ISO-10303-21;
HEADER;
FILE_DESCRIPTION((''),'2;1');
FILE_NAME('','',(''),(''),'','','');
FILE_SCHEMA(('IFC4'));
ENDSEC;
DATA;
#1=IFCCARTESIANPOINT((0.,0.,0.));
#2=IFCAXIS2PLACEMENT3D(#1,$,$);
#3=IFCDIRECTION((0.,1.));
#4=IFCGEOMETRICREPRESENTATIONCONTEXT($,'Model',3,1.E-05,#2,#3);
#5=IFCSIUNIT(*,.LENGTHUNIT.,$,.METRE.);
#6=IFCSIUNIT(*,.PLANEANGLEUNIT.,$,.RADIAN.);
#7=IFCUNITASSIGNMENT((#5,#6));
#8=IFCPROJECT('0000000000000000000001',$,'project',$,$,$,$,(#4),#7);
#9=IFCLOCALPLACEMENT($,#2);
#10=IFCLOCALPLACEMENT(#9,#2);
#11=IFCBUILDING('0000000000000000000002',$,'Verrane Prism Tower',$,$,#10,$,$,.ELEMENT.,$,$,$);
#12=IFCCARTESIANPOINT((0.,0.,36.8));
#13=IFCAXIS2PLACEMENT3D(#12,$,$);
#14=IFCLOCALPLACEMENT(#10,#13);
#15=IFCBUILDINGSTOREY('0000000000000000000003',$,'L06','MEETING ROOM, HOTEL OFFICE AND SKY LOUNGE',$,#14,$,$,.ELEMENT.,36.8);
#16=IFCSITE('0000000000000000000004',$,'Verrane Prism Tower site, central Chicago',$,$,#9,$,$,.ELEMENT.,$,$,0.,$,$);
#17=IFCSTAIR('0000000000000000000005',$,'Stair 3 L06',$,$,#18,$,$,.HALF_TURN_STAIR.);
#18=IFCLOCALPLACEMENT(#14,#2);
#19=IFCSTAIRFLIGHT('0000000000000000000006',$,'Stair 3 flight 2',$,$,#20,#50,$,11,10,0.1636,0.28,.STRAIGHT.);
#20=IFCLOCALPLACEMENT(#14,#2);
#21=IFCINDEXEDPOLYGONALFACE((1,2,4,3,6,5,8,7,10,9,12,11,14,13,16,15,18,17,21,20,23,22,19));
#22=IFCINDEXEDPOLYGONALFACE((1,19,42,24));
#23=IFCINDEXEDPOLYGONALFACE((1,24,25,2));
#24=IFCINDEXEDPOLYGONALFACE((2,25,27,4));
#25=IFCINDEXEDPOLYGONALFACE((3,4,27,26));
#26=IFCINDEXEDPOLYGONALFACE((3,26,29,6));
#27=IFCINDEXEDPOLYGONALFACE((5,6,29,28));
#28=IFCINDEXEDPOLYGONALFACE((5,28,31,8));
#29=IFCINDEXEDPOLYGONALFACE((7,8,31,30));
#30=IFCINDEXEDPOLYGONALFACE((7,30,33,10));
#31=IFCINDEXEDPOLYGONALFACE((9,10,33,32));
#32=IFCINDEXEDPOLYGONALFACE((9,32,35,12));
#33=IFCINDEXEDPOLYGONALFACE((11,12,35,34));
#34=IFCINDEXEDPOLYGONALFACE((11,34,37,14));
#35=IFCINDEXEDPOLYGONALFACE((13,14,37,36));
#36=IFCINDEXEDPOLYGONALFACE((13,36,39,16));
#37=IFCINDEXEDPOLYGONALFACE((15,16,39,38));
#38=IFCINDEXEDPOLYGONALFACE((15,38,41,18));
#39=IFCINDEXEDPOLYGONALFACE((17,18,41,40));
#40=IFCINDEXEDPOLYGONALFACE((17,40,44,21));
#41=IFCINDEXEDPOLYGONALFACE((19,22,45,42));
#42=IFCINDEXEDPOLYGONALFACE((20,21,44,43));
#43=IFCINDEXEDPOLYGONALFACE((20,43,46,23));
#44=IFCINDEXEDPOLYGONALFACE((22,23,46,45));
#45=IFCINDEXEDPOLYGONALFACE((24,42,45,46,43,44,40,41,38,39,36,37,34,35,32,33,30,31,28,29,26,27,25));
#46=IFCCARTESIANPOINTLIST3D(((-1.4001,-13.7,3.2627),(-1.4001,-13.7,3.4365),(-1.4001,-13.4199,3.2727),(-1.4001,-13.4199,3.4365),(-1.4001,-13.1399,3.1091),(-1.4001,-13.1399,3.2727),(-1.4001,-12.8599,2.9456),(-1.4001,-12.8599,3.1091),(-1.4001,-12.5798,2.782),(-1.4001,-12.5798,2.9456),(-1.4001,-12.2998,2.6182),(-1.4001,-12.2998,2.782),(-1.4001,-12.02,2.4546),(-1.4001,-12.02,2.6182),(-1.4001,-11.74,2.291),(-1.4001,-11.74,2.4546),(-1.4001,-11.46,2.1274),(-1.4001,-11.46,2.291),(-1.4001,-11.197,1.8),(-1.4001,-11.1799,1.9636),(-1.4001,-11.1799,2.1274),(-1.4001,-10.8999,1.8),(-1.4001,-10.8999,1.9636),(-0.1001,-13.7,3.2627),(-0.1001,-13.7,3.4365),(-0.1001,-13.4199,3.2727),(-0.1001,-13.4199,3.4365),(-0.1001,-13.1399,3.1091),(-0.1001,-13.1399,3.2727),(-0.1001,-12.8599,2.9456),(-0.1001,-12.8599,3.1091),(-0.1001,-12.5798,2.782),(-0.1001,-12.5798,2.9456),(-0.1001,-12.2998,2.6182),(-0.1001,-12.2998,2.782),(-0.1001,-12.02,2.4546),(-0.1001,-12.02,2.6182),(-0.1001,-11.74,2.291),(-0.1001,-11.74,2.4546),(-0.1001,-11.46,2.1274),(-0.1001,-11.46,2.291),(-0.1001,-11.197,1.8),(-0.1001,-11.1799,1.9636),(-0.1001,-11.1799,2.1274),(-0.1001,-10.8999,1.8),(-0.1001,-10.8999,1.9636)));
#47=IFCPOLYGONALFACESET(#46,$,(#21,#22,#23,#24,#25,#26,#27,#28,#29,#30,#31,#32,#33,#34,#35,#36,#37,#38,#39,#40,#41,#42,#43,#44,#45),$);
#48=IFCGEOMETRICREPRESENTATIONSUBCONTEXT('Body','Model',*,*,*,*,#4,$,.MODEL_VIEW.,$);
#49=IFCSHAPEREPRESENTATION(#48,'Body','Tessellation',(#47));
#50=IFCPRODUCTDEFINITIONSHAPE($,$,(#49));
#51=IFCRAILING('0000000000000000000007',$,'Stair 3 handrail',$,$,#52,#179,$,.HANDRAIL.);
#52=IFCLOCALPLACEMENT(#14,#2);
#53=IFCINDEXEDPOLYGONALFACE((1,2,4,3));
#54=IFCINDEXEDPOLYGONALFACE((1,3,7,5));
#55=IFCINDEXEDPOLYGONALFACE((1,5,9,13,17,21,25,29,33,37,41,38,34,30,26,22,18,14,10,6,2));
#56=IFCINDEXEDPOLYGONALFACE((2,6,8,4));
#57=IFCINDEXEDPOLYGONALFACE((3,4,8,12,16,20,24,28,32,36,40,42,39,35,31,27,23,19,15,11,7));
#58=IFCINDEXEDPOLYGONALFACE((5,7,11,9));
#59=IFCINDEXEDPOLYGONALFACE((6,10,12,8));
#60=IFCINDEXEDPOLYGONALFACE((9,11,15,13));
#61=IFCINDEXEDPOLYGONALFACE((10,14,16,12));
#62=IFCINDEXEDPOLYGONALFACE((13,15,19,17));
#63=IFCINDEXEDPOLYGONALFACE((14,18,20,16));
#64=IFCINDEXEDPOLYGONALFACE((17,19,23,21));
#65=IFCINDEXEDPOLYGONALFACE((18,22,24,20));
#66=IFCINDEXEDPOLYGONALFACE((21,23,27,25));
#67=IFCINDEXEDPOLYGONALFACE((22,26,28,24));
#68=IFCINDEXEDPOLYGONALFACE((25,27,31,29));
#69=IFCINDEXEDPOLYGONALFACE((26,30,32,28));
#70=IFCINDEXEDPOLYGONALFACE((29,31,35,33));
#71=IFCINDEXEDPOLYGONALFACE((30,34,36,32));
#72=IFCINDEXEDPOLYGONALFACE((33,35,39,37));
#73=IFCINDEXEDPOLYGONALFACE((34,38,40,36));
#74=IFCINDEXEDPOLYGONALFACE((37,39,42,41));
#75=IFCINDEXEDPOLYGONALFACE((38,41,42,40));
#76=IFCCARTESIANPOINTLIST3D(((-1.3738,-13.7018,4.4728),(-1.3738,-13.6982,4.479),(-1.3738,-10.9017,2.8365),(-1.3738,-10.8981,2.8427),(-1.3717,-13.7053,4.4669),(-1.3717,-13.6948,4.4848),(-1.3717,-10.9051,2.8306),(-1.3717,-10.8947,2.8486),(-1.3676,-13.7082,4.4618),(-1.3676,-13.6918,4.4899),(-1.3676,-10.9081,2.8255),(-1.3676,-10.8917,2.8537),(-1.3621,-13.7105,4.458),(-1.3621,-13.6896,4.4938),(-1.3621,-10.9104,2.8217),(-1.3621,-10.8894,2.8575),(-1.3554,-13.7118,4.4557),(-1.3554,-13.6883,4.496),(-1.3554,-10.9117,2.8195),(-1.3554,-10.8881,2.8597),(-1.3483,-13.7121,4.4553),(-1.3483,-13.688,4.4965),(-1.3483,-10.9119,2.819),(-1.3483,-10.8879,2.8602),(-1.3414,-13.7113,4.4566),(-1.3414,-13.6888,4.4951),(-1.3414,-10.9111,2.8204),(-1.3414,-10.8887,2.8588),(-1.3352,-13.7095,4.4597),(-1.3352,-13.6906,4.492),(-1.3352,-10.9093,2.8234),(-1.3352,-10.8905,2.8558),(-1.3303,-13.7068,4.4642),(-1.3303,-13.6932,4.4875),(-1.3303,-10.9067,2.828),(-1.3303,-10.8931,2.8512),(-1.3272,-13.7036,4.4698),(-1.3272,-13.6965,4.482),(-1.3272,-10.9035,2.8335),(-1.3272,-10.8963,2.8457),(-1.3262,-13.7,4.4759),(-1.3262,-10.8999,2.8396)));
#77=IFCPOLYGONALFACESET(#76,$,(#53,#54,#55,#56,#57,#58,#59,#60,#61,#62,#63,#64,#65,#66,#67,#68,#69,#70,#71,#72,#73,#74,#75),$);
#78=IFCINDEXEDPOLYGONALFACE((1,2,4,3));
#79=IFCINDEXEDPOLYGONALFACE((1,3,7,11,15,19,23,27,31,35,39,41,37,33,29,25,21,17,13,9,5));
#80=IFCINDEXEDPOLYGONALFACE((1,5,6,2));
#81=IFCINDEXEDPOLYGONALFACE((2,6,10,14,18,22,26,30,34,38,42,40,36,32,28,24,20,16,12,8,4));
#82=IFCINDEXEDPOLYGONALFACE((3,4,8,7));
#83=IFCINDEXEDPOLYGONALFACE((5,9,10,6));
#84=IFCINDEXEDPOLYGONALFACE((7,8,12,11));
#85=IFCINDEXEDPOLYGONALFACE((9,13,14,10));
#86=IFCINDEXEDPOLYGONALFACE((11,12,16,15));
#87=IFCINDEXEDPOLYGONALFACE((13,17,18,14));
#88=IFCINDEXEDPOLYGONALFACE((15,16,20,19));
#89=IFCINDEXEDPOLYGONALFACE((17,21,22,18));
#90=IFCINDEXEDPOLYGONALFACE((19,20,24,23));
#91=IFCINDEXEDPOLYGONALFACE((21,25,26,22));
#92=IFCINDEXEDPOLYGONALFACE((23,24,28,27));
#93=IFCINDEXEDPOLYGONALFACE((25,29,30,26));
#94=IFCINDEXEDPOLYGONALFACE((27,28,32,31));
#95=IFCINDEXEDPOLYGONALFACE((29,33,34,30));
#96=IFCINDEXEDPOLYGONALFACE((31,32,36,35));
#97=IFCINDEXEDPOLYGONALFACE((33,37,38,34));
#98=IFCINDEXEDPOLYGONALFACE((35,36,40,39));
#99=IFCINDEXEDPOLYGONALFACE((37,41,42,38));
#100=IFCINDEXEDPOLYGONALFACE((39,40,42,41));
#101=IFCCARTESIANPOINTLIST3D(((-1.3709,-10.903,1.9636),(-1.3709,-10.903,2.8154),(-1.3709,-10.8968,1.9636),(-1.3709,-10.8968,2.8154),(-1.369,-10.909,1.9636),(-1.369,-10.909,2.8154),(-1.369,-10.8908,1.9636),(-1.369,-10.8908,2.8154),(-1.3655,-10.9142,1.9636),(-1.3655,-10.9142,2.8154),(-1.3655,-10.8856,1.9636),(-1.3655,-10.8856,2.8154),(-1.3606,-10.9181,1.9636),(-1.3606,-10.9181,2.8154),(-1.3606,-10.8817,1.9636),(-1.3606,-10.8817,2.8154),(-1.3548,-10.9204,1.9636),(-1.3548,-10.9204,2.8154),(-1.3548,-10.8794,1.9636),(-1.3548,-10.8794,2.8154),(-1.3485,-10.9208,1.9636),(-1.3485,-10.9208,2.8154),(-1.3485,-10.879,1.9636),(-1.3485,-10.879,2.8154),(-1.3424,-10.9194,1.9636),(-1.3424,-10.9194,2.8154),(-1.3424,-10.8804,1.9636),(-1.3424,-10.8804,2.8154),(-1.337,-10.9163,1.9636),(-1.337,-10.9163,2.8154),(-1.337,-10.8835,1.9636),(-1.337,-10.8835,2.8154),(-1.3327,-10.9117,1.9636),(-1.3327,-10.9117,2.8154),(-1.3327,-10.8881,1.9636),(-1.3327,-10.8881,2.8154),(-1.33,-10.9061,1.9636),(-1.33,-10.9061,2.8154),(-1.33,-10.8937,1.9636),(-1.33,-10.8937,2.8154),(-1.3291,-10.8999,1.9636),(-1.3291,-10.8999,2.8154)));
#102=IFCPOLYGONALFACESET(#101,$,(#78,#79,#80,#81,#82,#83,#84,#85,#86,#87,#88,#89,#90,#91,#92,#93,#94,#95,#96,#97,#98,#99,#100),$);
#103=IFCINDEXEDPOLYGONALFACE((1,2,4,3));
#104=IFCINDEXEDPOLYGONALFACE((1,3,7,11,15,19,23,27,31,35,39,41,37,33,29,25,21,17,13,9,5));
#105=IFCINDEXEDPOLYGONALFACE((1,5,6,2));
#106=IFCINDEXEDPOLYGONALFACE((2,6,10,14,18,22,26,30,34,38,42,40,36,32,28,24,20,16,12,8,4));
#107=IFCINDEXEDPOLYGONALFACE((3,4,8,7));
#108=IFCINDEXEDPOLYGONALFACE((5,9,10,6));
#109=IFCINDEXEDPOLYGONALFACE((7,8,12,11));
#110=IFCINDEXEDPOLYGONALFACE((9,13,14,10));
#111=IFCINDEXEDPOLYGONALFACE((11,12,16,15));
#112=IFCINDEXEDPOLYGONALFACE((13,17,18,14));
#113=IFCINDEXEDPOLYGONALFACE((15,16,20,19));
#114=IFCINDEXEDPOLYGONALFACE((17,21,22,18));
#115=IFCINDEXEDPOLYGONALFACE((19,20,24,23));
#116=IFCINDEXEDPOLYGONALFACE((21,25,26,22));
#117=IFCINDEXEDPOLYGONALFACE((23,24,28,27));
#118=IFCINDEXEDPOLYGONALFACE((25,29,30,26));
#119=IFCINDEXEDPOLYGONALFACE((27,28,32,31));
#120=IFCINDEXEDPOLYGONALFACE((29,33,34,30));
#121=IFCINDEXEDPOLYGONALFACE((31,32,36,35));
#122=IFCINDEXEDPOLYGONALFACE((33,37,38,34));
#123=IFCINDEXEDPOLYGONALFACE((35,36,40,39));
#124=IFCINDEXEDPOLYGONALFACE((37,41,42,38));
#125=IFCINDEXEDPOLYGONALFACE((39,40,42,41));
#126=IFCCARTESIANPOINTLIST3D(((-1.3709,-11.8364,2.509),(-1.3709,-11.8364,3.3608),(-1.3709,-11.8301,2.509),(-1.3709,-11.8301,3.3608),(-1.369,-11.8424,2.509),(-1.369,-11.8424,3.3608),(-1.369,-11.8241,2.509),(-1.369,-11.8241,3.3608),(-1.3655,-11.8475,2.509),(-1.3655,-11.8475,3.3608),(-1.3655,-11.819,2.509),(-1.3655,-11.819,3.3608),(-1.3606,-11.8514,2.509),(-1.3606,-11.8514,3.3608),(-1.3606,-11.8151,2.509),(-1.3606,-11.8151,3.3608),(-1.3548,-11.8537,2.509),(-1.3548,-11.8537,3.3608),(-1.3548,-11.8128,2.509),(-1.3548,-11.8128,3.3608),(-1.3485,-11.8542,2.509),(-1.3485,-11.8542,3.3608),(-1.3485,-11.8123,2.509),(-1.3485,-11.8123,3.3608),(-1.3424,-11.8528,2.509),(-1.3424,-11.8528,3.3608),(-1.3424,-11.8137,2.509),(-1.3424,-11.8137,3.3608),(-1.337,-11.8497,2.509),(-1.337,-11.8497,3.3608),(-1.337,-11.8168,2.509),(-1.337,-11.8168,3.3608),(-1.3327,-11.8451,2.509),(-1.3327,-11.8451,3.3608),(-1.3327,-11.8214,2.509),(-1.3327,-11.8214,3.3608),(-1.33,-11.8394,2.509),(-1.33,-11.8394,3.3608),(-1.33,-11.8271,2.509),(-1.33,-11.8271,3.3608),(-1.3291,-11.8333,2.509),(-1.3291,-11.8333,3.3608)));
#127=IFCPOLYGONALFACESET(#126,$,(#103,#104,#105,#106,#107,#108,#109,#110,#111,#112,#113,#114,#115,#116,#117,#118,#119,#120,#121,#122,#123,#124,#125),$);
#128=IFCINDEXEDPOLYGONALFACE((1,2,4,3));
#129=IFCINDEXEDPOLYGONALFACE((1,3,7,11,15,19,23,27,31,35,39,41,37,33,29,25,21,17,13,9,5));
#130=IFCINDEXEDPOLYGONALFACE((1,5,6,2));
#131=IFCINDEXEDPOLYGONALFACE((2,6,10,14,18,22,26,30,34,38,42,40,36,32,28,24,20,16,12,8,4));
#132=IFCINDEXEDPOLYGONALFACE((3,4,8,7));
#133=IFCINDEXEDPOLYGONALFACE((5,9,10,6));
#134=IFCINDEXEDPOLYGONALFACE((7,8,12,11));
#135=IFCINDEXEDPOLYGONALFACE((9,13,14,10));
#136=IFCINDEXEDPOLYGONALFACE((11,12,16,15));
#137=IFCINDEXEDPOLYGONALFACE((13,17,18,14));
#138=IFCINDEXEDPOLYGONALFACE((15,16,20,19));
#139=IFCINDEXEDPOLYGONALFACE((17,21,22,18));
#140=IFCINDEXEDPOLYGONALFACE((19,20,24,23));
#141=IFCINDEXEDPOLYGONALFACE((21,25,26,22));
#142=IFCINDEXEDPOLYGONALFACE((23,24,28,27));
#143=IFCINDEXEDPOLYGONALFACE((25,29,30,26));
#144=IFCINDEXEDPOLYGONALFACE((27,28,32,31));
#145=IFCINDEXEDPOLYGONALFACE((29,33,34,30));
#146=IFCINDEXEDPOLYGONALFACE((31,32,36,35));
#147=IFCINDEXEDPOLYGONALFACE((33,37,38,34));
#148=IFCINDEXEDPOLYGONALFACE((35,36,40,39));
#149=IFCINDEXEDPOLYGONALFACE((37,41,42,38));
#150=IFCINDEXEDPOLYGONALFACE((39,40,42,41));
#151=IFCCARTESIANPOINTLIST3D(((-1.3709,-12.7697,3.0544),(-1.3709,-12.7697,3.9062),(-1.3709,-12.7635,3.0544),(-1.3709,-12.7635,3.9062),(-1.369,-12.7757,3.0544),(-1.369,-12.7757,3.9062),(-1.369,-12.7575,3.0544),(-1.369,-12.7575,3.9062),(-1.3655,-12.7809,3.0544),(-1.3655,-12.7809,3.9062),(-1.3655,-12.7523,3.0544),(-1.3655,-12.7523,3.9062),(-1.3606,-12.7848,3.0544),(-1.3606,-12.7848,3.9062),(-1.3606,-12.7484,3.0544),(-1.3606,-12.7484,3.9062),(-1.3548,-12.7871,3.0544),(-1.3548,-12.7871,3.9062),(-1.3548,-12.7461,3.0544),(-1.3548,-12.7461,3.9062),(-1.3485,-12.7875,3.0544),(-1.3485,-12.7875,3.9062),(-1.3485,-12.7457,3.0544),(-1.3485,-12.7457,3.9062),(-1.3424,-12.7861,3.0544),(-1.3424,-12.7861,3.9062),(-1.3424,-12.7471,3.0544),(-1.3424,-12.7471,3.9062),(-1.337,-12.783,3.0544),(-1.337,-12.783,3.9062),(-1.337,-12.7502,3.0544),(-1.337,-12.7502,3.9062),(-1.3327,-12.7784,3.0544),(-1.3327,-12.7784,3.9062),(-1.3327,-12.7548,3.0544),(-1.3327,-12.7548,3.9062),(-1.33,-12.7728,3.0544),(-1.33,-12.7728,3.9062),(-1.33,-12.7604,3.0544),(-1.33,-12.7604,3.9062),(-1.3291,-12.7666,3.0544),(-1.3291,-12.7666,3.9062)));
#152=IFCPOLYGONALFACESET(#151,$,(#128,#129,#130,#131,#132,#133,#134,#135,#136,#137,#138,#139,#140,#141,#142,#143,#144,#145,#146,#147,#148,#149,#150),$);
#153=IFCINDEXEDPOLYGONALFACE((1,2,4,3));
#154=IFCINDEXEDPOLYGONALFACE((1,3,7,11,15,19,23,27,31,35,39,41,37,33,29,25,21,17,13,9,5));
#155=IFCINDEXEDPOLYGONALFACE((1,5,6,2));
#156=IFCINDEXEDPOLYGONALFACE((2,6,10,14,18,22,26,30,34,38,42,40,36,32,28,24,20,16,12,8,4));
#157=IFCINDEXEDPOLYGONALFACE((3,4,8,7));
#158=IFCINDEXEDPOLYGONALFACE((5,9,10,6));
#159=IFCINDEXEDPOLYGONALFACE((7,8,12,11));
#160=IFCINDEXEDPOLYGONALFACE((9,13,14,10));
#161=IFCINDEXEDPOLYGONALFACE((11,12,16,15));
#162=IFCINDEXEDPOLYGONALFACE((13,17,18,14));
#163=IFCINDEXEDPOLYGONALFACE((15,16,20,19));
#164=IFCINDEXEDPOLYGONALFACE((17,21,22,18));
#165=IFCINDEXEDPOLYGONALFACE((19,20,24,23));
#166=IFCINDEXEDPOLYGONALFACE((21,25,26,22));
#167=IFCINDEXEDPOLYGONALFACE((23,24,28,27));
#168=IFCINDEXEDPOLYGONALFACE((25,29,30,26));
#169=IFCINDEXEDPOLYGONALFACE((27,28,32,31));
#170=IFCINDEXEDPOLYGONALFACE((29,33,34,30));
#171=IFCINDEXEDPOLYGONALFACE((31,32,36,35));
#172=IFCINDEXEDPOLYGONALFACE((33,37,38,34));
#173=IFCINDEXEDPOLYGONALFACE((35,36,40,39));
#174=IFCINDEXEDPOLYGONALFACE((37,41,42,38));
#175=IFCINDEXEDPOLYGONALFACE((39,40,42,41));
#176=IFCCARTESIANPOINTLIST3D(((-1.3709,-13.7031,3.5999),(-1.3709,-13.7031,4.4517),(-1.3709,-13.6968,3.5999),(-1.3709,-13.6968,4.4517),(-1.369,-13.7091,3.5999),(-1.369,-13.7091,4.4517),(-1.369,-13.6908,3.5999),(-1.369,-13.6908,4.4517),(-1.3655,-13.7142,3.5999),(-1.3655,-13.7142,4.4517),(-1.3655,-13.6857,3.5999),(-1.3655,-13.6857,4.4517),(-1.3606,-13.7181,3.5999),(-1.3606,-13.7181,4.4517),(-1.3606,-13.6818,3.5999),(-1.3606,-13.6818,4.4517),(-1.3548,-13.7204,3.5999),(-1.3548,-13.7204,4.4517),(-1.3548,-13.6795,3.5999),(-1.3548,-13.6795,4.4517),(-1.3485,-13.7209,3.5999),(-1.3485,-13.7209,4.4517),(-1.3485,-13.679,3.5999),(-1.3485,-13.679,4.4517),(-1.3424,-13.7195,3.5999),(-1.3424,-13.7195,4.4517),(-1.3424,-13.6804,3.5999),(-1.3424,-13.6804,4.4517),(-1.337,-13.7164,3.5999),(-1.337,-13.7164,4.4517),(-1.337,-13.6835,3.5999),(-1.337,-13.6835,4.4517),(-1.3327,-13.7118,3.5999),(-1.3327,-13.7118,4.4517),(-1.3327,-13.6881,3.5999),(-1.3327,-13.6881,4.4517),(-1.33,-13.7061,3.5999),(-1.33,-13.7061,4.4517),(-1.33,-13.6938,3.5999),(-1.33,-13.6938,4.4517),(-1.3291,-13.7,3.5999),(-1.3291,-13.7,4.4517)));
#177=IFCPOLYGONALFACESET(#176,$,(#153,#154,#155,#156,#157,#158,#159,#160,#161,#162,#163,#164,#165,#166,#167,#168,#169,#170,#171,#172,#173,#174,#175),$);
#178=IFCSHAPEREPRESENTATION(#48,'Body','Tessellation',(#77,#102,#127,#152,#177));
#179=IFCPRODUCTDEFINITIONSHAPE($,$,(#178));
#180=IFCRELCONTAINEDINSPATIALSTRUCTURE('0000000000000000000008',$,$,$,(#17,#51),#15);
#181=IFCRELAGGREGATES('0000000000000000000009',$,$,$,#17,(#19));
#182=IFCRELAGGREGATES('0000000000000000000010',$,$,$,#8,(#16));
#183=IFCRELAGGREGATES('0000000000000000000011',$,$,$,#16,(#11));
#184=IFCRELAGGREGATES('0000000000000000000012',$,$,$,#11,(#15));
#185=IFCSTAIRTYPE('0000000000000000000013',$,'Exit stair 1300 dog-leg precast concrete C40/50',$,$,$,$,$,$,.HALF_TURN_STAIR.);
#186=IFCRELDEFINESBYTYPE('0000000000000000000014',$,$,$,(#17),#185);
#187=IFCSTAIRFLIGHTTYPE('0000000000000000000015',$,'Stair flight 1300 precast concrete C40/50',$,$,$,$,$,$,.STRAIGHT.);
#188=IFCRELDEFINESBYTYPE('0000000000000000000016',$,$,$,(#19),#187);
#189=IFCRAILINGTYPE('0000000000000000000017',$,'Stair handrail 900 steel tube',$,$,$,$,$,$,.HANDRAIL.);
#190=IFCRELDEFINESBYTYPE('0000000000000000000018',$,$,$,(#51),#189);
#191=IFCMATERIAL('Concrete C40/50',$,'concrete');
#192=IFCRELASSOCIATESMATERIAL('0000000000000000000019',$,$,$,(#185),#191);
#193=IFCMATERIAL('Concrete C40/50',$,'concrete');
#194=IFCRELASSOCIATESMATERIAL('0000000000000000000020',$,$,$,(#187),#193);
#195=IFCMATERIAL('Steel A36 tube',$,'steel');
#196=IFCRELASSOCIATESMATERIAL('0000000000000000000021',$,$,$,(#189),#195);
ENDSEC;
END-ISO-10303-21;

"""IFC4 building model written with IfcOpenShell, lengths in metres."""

from ifc_helpers import new_model, si_unit, direction, frame, origin, origin_2d, place, context, subcontext, project, spatial, polyline, circle, outline, extrude, material, type_object, element, aggregate, save


model = new_model("IFC4")

# Units and contexts
model_context = context("Model", 3, precision=1e-05, world=origin(), true_north=direction((0.0, 1.0)))
body_context = subcontext(model_context, "Body", "Model", "MODEL_VIEW")
ifc_project = project(units=[si_unit("LENGTHUNIT", "METRE"), si_unit("PLANEANGLEUNIT", "RADIAN")], contexts=[model_context])

# Site, building, storey
site_placement = place(None, origin())
site = spatial("IfcSite", under=ifc_project, at=site_placement, Name="Verrane Prism Tower site, central Chicago", CompositionType="ELEMENT", RefElevation=0.0)
building_placement = place(site_placement, origin())
building = spatial("IfcBuilding", under=site, at=building_placement, Name="Verrane Prism Tower", CompositionType="ELEMENT")
storey_placement = place(building_placement, frame((0.0, 0.0, 36.8)))
storey = spatial("IfcBuildingStorey", under=building, at=storey_placement, Name="L06", Description="MEETING ROOM, HOTEL OFFICE AND SKY LOUNGE", CompositionType="ELEMENT", Elevation=36.8)

# Stair, stair flight
ifc_material_1 = material(Name="Concrete C40/50", Category="concrete")
stair_type = type_object("IfcStairType", Name="Exit stair 1300 dog-leg precast concrete C40/50", PredefinedType="HALF_TURN_STAIR", material=ifc_material_1)
stair_placement = place(storey_placement, origin())
stair = element("IfcStair", 1, at=stair_placement, inside=storey, type_object=stair_type, Name="Stair 3 L06", PredefinedType="HALF_TURN_STAIR")
ifc_material_2 = material(Name="Concrete C40/50", Category="concrete")
stair_flight_type = type_object("IfcStairFlightType", Name="Stair flight 1300 precast concrete C40/50", PredefinedType="STRAIGHT", material=ifc_material_2)
stair_flight_placement = place(storey_placement, frame((-0.75, -10.8999, 1.8), z_axis=(0.0, 0.0, 1.0), x_axis=(0.0, -1.0, 0.0)))
stair_flight = element("IfcStairFlight", 2, at=stair_flight_placement, type_object=stair_flight_type, Name="Stair 3 flight 2", NumberOfRisers=11, NumberOfTreads=10, PredefinedType="STRAIGHT", RiserHeight=0.1636, TreadLength=0.28, context=body_context, shape_type="SweptSolid", body=[
    extrude(outline(polyline([(0.0, 0.0), (0.0, 0.1636), (0.28, 0.1636), (0.28, 0.3274), (0.5601, 0.3274), (0.5601, 0.491), (0.8401, 0.491), (0.8401, 0.6545), (1.1201, 0.6545), (1.1201, 0.8181), (1.3999, 0.8181), (1.3999, 0.9819), (1.6799, 0.9819), (1.6799, 1.1455), (1.96, 1.1455), (1.96, 1.3091), (2.24, 1.3091), (2.24, 1.4727), (2.52, 1.4727), (2.52, 1.6365), (2.8, 1.6365), (2.8, 1.8), (2.8, 1.4626), (0.2971, 0.0), (0.0, 0.0)])), frame((0.0, 0.6499, 0.0), z_axis=(0.0, -1.0, 0.0), x_axis=(1.0, 0.0, 0.0)), (0.0, 0.0, 1.0), 1.3),
])
aggregate(stair, [stair_flight])

# Railing
ifc_material_3 = material(Name="Steel A36 tube", Category="steel")
railing_type = type_object("IfcRailingType", Name="Stair handrail 900 steel tube", PredefinedType="HANDRAIL", material=ifc_material_3)
railing_placement = place(storey_placement, frame((-1.3501, -10.8999, 1.9636)))
element("IfcRailing", 3, at=railing_placement, inside=storey, type_object=railing_type, Name="Stair 3 handrail", PredefinedType="HANDRAIL", context=body_context, shape_type="SweptSolid", body=[
    extrude(circle(Radius=0.0239, at=origin_2d()), frame((0.0, 0.0, 0.876), z_axis=(0.0, -0.863394, 0.504531), x_axis=(1.0, 0.0, 0.0)), (0.0, 0.0, 1.0), 3.2432),
    extrude(circle(Radius=0.021, at=origin_2d()), origin(), (0.0, 0.0, 1.0), 0.8518),
    extrude(circle(Radius=0.021, at=origin_2d()), frame((0.0, -0.9333, 0.5454)), (0.0, 0.0, 1.0), 0.8518),
    extrude(circle(Radius=0.021, at=origin_2d()), frame((0.0, -1.8667, 1.0908)), (0.0, 0.0, 1.0), 0.8518),
    extrude(circle(Radius=0.021, at=origin_2d()), frame((0.0, -2.8, 1.6362)), (0.0, 0.0, 1.0), 0.8518),
])

save(model, "model.ifc")
